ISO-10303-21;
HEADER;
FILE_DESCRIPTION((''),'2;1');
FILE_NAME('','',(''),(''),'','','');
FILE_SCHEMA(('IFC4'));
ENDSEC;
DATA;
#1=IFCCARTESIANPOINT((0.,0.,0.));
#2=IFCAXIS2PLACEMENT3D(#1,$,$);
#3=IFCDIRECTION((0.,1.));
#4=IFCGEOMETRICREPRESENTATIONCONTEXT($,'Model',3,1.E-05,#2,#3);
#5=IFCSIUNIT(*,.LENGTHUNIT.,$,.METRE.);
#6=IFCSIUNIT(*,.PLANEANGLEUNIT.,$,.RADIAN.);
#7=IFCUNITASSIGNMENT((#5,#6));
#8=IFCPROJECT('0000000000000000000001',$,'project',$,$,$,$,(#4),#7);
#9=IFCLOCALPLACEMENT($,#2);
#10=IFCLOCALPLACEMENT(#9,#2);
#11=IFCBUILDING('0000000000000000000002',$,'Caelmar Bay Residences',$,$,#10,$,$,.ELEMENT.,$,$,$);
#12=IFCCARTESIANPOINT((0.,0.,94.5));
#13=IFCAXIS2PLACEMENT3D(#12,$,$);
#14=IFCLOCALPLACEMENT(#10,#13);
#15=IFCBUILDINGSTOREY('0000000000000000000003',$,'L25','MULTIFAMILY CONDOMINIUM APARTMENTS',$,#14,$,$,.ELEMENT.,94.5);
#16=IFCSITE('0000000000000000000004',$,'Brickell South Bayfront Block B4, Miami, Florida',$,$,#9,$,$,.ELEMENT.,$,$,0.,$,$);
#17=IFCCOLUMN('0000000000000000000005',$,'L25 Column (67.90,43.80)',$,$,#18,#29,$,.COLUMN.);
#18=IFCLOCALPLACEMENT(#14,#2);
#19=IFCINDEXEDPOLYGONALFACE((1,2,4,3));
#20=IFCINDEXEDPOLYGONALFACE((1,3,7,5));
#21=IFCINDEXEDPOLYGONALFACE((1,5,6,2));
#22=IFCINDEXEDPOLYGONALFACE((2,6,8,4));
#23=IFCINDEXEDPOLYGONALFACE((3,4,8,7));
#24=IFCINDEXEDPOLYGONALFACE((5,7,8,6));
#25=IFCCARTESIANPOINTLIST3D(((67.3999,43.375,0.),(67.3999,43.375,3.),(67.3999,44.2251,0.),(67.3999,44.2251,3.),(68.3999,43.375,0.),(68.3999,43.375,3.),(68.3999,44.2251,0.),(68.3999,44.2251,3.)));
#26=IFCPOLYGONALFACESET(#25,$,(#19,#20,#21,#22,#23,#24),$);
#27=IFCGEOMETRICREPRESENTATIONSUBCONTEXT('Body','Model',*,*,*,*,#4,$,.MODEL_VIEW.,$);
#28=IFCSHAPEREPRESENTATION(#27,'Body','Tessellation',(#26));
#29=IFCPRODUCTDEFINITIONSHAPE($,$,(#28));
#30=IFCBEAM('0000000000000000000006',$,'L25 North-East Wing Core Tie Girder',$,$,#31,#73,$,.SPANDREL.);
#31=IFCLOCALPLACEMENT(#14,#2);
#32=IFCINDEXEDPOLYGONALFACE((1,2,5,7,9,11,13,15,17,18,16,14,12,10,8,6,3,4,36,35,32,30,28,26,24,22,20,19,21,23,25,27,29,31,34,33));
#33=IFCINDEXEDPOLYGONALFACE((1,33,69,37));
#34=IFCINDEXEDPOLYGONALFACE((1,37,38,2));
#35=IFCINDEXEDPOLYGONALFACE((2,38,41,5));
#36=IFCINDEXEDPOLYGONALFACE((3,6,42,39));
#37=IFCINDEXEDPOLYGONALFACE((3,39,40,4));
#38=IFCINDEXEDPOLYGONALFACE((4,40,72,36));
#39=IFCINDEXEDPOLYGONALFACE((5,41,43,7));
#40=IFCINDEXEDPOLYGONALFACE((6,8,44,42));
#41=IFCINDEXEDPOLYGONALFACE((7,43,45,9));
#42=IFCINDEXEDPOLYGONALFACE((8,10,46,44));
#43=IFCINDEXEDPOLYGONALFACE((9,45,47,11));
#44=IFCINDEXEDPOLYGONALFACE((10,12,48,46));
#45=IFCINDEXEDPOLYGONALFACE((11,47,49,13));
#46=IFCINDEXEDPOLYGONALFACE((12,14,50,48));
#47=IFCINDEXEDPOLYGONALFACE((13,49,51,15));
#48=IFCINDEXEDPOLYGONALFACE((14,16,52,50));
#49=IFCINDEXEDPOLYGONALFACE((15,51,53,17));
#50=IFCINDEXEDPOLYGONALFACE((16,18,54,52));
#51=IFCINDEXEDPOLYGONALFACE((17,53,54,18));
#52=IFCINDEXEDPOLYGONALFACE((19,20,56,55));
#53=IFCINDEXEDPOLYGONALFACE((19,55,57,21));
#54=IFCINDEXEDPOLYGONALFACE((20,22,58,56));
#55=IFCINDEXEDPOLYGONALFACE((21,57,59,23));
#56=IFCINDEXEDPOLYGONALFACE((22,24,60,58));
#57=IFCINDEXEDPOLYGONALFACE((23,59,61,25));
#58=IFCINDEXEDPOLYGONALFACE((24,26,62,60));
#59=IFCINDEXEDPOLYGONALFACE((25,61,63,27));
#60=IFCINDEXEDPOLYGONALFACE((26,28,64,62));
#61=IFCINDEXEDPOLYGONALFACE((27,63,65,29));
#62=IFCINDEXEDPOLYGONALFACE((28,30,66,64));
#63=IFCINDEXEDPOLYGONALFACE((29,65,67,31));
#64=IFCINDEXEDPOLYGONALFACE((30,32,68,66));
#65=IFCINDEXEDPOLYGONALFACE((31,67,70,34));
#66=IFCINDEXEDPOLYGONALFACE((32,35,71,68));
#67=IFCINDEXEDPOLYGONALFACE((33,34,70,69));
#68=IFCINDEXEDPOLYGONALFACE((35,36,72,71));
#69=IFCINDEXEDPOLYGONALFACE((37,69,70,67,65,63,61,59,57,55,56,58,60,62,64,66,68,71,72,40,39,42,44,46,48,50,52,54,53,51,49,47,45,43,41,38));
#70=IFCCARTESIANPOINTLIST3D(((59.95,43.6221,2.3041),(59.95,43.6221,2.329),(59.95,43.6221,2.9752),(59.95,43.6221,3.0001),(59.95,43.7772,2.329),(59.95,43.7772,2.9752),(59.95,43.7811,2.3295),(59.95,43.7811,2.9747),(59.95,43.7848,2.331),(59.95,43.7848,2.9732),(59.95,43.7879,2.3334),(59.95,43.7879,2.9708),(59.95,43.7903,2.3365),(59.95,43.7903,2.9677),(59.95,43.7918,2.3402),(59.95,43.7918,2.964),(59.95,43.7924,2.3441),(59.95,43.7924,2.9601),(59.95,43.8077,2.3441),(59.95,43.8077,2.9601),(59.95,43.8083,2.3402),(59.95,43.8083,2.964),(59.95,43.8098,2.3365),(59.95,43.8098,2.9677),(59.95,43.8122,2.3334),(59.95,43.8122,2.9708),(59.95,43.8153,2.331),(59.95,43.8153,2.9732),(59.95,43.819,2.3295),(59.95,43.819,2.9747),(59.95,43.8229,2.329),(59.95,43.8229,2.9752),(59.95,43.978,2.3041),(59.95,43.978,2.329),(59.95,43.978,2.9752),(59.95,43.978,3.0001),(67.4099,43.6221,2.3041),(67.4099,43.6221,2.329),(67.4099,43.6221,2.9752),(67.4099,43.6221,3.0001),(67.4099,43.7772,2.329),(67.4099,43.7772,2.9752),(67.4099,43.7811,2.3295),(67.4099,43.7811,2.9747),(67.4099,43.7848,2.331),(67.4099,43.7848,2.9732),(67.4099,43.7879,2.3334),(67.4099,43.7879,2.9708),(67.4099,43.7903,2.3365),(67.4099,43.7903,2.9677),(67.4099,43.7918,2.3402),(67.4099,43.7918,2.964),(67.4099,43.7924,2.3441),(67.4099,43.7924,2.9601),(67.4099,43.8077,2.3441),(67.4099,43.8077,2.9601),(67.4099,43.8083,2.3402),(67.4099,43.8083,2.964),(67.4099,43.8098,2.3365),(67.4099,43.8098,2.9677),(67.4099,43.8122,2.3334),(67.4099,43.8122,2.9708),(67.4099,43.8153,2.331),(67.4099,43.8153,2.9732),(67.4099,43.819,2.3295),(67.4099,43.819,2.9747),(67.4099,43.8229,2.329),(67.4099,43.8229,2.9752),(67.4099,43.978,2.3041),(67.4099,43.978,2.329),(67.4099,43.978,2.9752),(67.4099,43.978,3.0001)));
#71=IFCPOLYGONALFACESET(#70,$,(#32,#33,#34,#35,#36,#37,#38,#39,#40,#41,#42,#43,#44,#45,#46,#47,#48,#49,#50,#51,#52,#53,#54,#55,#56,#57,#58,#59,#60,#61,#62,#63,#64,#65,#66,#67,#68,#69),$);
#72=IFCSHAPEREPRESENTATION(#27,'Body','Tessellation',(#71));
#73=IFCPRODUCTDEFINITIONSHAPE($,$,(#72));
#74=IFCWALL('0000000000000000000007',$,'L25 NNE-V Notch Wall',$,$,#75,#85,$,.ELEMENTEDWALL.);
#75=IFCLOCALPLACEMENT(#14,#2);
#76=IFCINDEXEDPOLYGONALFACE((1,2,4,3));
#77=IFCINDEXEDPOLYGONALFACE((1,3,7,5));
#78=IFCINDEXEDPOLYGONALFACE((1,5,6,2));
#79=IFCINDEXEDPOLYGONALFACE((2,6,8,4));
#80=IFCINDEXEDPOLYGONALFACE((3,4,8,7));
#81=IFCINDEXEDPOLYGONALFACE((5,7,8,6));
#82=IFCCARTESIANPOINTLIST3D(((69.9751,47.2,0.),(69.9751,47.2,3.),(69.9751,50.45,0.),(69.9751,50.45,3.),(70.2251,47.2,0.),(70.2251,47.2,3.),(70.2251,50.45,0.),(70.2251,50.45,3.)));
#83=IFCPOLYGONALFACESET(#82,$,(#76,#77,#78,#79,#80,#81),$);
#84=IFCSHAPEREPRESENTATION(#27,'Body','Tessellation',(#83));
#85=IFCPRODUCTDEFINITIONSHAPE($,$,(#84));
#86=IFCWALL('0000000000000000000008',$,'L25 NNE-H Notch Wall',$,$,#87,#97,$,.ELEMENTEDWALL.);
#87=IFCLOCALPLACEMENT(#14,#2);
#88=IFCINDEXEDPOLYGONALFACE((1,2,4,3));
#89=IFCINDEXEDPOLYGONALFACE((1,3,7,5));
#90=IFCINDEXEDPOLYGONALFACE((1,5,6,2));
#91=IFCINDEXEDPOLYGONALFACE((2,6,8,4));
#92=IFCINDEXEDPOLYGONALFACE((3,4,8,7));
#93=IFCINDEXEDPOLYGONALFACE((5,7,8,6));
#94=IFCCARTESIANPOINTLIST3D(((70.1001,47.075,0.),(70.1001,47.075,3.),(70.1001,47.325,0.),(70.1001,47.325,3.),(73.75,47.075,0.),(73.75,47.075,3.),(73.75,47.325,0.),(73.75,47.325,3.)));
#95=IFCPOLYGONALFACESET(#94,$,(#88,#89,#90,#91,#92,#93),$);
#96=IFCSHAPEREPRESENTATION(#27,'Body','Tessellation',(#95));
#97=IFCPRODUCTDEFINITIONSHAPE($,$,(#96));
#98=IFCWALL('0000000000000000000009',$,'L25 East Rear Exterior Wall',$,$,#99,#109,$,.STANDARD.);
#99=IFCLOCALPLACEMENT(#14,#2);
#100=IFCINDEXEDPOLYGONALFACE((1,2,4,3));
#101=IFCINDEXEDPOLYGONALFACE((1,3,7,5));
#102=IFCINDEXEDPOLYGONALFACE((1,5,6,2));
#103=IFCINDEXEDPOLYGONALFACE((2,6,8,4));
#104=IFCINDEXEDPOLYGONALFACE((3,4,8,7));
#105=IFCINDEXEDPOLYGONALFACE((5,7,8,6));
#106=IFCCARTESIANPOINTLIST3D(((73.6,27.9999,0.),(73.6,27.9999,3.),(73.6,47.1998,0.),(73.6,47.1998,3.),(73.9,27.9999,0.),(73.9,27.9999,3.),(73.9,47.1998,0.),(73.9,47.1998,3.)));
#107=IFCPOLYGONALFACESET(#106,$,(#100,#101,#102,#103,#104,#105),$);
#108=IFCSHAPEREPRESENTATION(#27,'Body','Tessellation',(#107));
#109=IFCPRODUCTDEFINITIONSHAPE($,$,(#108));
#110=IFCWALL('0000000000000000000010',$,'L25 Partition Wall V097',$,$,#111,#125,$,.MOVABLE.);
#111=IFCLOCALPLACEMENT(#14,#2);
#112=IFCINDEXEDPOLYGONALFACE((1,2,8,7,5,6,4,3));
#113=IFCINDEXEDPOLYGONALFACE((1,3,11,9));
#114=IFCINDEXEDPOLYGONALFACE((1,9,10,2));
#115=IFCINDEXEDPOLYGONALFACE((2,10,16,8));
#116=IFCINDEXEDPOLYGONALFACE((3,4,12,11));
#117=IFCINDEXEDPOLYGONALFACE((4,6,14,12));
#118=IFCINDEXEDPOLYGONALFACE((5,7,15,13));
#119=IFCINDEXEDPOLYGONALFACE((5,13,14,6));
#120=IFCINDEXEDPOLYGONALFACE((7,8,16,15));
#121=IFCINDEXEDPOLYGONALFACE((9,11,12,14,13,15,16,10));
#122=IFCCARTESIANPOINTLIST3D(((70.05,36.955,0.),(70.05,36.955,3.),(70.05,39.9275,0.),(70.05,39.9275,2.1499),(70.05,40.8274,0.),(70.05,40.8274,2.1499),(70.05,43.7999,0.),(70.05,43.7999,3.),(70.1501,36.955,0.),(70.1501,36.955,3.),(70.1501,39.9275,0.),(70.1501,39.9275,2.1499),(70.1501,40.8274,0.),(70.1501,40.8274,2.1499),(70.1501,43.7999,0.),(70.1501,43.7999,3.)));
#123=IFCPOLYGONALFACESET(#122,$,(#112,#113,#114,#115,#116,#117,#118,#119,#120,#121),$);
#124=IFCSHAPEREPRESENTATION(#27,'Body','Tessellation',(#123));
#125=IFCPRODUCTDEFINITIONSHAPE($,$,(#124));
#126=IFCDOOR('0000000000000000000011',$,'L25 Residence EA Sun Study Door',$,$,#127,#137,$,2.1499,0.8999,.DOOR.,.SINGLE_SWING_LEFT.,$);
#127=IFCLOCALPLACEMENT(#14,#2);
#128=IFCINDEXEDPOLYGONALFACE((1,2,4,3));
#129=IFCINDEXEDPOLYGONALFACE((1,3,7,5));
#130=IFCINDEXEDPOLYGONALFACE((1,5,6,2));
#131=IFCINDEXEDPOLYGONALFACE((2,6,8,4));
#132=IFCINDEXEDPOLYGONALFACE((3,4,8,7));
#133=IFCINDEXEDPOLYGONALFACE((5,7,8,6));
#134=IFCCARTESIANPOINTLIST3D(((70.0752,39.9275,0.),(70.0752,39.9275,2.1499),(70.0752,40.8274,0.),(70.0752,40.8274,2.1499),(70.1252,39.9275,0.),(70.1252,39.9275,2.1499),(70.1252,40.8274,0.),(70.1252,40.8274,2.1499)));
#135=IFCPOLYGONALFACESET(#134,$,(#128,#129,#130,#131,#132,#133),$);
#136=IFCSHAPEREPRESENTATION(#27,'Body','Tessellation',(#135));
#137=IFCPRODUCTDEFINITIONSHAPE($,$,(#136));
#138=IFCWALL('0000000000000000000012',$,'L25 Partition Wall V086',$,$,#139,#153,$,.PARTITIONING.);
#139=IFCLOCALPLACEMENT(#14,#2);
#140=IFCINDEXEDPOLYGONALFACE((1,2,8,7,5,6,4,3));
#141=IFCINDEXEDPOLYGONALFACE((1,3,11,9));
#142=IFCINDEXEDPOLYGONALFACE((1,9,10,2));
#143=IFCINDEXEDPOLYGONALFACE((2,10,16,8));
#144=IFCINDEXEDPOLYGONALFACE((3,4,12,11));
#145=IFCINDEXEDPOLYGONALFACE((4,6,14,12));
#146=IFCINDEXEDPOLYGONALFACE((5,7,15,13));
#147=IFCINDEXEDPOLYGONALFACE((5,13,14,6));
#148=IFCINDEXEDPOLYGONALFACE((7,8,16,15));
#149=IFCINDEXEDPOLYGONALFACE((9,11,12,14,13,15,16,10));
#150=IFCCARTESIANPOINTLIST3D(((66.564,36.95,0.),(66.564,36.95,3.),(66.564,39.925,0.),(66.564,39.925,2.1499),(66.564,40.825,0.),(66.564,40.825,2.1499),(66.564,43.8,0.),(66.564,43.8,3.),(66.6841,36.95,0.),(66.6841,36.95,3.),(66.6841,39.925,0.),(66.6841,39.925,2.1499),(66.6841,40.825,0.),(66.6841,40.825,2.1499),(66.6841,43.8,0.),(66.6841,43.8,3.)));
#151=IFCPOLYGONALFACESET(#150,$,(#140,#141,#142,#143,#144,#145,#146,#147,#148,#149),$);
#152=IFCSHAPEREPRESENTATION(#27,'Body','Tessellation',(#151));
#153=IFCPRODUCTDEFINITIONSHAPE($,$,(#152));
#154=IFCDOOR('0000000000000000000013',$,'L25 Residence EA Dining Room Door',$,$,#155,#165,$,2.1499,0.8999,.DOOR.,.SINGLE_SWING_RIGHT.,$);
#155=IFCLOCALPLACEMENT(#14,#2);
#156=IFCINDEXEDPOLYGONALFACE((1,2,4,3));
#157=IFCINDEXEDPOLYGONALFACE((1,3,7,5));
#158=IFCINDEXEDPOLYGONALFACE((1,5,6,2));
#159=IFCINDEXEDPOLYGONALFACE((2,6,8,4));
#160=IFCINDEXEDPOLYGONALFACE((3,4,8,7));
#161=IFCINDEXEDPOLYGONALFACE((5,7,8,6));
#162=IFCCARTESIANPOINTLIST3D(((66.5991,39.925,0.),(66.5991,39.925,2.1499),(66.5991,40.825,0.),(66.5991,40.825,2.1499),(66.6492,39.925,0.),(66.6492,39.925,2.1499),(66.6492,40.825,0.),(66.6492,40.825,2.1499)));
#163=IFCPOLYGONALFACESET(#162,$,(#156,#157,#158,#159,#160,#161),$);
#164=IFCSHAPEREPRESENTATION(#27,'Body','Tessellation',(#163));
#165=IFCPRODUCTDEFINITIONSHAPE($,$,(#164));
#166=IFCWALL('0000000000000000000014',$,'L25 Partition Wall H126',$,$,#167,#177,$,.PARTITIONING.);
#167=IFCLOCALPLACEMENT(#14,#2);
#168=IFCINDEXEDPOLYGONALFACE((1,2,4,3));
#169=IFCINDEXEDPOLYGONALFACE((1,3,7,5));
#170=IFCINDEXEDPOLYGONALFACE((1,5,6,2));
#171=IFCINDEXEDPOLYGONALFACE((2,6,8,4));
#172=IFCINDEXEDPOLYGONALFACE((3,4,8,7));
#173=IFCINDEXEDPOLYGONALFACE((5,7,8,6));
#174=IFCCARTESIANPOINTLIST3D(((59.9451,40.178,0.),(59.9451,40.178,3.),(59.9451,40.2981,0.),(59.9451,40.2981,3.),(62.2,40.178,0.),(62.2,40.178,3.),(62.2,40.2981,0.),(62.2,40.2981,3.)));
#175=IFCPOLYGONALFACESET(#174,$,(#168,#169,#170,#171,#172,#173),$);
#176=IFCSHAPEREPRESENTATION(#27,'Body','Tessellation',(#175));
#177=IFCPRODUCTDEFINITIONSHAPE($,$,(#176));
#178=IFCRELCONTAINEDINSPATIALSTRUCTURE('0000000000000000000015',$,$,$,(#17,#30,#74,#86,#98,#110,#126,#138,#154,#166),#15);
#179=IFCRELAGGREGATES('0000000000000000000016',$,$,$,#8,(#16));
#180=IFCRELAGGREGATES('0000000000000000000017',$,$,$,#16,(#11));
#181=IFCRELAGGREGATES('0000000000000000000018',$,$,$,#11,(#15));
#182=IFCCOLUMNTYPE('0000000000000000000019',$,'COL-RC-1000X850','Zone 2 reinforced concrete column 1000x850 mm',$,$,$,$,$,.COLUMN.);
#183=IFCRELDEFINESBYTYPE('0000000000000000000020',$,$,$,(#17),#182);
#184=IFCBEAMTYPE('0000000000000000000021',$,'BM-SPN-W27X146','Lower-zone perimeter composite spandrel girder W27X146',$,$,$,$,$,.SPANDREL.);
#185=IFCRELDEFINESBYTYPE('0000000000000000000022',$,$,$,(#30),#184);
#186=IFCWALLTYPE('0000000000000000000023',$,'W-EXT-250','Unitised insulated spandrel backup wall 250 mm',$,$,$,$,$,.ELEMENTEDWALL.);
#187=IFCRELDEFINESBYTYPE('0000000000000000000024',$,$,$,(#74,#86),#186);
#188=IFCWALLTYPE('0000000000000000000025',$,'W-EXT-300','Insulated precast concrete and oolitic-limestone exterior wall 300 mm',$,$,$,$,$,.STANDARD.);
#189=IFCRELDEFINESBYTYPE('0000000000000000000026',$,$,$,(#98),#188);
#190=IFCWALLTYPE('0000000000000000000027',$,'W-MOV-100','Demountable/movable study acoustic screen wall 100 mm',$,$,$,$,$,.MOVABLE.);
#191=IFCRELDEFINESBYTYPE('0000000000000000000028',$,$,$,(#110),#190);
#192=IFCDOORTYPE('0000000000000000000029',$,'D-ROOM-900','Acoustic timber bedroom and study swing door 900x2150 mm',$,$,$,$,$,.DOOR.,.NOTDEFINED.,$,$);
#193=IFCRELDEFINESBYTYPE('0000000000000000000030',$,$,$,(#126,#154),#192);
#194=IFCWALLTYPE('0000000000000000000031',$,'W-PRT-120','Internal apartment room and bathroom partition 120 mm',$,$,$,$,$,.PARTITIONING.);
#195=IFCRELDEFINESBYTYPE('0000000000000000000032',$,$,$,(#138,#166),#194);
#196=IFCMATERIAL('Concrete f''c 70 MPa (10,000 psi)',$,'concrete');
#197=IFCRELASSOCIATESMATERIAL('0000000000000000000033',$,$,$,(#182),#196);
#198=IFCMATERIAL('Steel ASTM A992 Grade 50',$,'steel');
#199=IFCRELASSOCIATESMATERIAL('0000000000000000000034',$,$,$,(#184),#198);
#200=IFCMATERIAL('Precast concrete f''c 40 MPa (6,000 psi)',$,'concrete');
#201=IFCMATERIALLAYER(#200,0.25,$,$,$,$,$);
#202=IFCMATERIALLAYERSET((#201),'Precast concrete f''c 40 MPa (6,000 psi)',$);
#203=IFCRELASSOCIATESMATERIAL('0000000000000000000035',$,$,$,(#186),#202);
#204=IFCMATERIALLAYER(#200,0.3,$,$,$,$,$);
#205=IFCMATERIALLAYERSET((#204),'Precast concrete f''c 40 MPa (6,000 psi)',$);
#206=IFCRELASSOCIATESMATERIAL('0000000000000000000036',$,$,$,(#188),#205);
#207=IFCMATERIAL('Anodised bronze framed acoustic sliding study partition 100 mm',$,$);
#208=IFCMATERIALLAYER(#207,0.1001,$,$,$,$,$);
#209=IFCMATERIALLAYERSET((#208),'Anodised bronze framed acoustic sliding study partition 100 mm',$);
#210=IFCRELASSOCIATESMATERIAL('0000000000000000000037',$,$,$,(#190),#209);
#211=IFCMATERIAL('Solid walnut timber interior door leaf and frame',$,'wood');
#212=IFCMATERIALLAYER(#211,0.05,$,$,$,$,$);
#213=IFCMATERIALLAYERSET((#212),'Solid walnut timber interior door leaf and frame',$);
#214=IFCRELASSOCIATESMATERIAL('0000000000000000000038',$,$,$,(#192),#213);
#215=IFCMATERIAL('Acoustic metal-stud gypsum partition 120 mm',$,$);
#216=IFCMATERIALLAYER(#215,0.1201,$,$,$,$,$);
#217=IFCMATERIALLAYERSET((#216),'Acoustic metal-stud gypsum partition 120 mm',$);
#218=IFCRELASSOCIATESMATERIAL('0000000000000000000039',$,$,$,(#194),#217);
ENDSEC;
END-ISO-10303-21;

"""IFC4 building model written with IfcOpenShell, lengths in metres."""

from ifc_helpers import new_model, si_unit, direction, frame, frame_2d, origin, origin_2d, place, context, subcontext, project, spatial, rectangle, i_section, extrude, material, layer, layer_set, material_profile, profile_set, type_object, element, fill, save


model = new_model("IFC4")

# Units and contexts
model_context = context("Model", 3, precision=1e-05, world=origin(), true_north=direction((0.0, 1.0)))
body_context = subcontext(model_context, "Body", "Model", "MODEL_VIEW")
ifc_project = project(units=[si_unit("LENGTHUNIT", "METRE"), si_unit("PLANEANGLEUNIT", "RADIAN")], contexts=[model_context])

# Site, building, storey
site_placement = place(None, origin())
site = spatial("IfcSite", under=ifc_project, at=site_placement, Name="Brickell South Bayfront Block B4, Miami, Florida", CompositionType="ELEMENT", RefElevation=0.0)
building_placement = place(site_placement, origin())
building = spatial("IfcBuilding", under=site, at=building_placement, Name="Caelmar Bay Residences", CompositionType="ELEMENT")
storey_placement = place(building_placement, frame((0.0, 0.0, 94.5)))
storey = spatial("IfcBuildingStorey", under=building, at=storey_placement, Name="L25", Description="MULTIFAMILY CONDOMINIUM APARTMENTS", CompositionType="ELEMENT", Elevation=94.5)

# Column
ifc_material_1 = material(Name="Concrete f'c 70 MPa (10,000 psi)", Category="concrete")
ifc_material_profile_1 = material_profile(ifc_material_1, rectangle(XDim=1.0, YDim=0.8501, at=origin_2d()), Name="RC-COL-1000X850")
ifc_profile_set_1 = profile_set([ifc_material_profile_1], Name="Concrete f'c 70 MPa (10,000 psi)")
column_type = type_object("IfcColumnType", Name="COL-RC-1000X850", Description="Zone 2 reinforced concrete column 1000x850 mm", PredefinedType="COLUMN", material=ifc_profile_set_1)
column_placement = place(storey_placement, frame((67.8999, 43.8, 0.0), z_axis=(0.0, 0.0, 1.0), x_axis=(1.0, 0.0, 0.0)))
element("IfcColumn", 1, at=column_placement, inside=storey, type_object=column_type, Name="L25 Column (67.90,43.80)", PredefinedType="COLUMN", context=body_context, shape_type="SweptSolid", body=[
    extrude(rectangle(XDim=1.0, YDim=0.8501, at=origin_2d()), origin(), (0.0, 0.0, 1.0), 3.0),
])

# Beam
ifc_material_2 = material(Name="Steel ASTM A992 Grade 50", Category="steel")
ifc_material_profile_2 = material_profile(ifc_material_2, i_section(OverallWidth=0.356, OverallDepth=0.696, WebThickness=0.0154, FlangeThickness=0.0249, FilletRadius=0.0151, at=origin_2d()), Name="W27X146")
ifc_profile_set_2 = profile_set([ifc_material_profile_2], Name="Steel ASTM A992 Grade 50")
beam_type = type_object("IfcBeamType", Name="BM-SPN-W27X146", Description="Lower-zone perimeter composite spandrel girder W27X146", PredefinedType="SPANDREL", material=ifc_profile_set_2)
beam_placement = place(storey_placement, frame((59.95, 43.8, 2.6521), z_axis=(1.0, 0.0, 0.0), x_axis=(0.0, 1.0, 0.0)))
element("IfcBeam", 2, at=beam_placement, inside=storey, type_object=beam_type, Name="L25 North-East Wing Core Tie Girder", PredefinedType="SPANDREL", context=body_context, shape_type="SweptSolid", body=[
    extrude(i_section(OverallWidth=0.356, OverallDepth=0.696, WebThickness=0.0154, FlangeThickness=0.0249, FilletRadius=0.0151, at=origin_2d()), origin(), (0.0, 0.0, 1.0), 7.46),
])

# Walls
ifc_material_3 = material(Name="Precast concrete f'c 40 MPa (6,000 psi)", Category="concrete")
ifc_layer_1 = layer(ifc_material_3, 0.25)
ifc_layer_set_1 = layer_set([ifc_layer_1], Name="Precast concrete f'c 40 MPa (6,000 psi)")
wall_type_1 = type_object("IfcWallType", Name="W-EXT-250", Description="Unitised insulated spandrel backup wall 250 mm", PredefinedType="ELEMENTEDWALL", material=ifc_layer_set_1)
wall_1_placement = place(storey_placement, frame((70.1001, 50.45, 0.0), z_axis=(0.0, 0.0, 1.0), x_axis=(0.0, -1.0, 0.0)))
element("IfcWall", 3, at=wall_1_placement, inside=storey, type_object=wall_type_1, Name="L25 NNE-V Notch Wall", PredefinedType="ELEMENTEDWALL", context=body_context, shape_type="SweptSolid", body=[
    extrude(rectangle(XDim=3.25, YDim=0.25, at=frame_2d((1.625, 0.0))), origin(), (0.0, 0.0, 1.0), 3.0),
])
wall_2_placement = place(storey_placement, frame((70.1001, 47.2, 0.0), z_axis=(0.0, 0.0, 1.0), x_axis=(1.0, 0.0, 0.0)))
element("IfcWall", 4, at=wall_2_placement, inside=storey, type_object=wall_type_1, Name="L25 NNE-H Notch Wall", PredefinedType="ELEMENTEDWALL", context=body_context, shape_type="SweptSolid", body=[
    extrude(rectangle(XDim=3.6499, YDim=0.25, at=frame_2d((1.825, 0.0))), origin(), (0.0, 0.0, 1.0), 3.0),
])
ifc_layer_2 = layer(ifc_material_3, 0.3)
ifc_layer_set_2 = layer_set([ifc_layer_2], Name="Precast concrete f'c 40 MPa (6,000 psi)")
wall_type_2 = type_object("IfcWallType", Name="W-EXT-300", Description="Insulated precast concrete and oolitic-limestone exterior wall 300 mm", PredefinedType="STANDARD", material=ifc_layer_set_2)
wall_3_placement = place(storey_placement, frame((73.75, 47.2, 0.0), z_axis=(0.0, 0.0, 1.0), x_axis=(0.0, -1.0, 0.0)))
element("IfcWall", 5, at=wall_3_placement, inside=storey, type_object=wall_type_2, Name="L25 East Rear Exterior Wall", PredefinedType="STANDARD", context=body_context, shape_type="SweptSolid", body=[
    extrude(rectangle(XDim=19.2, YDim=0.3, at=frame_2d((9.6001, 0.0))), origin(), (0.0, 0.0, 1.0), 3.0),
])

# Walls, openings, doors
ifc_material_4 = material(Name="Anodised bronze framed acoustic sliding study partition 100 mm")
ifc_layer_3 = layer(ifc_material_4, 0.1001)
ifc_layer_set_3 = layer_set([ifc_layer_3], Name="Anodised bronze framed acoustic sliding study partition 100 mm")
wall_type_3 = type_object("IfcWallType", Name="W-MOV-100", Description="Demountable/movable study acoustic screen wall 100 mm", PredefinedType="MOVABLE", material=ifc_layer_set_3)
wall_4_placement = place(storey_placement, frame((70.1001, 36.9551, 0.0), z_axis=(0.0, 0.0, 1.0), x_axis=(0.0, 1.0, 0.0)))
wall_4 = element("IfcWall", 6, at=wall_4_placement, inside=storey, type_object=wall_type_3, Name="L25 Partition Wall V097", PredefinedType="MOVABLE", context=body_context, shape_type="SweptSolid", body=[
    extrude(rectangle(XDim=6.845, YDim=0.1001, at=frame_2d((3.4224, 0.0))), origin(), (0.0, 0.0, 1.0), 3.0),
])
opening_1_placement = place(wall_4_placement, frame((2.9724, 0.0, 0.0)))
opening_1 = element("IfcOpeningElement", 7, at=opening_1_placement, cuts=wall_4, PredefinedType="OPENING", context=body_context, shape_type="SweptSolid", body=[
    extrude(rectangle(XDim=0.8999, YDim=2.1499, at=frame_2d((0.45, 1.075))), frame((0.0, 0.0601, 0.0), z_axis=(0.0, -1.0, 0.0), x_axis=(1.0, 0.0, 0.0)), (0.0, 0.0, 1.0), 0.1201),
])
ifc_material_5 = material(Name="Solid walnut timber interior door leaf and frame", Category="wood")
ifc_layer_4 = layer(ifc_material_5, 0.05)
ifc_layer_set_4 = layer_set([ifc_layer_4], Name="Solid walnut timber interior door leaf and frame")
door_type_1 = type_object("IfcDoorType", Name="D-ROOM-900", Description="Acoustic timber bedroom and study swing door 900x2150 mm", OperationType="NOTDEFINED", PredefinedType="DOOR", material=ifc_layer_set_4)
door_1_placement = place(opening_1_placement, origin())
door_1 = element("IfcDoor", 8, at=door_1_placement, inside=storey, type_object=door_type_1, Name="L25 Residence EA Sun Study Door", OperationType="SINGLE_SWING_LEFT", OverallHeight=2.1499, OverallWidth=0.8999, PredefinedType="DOOR", context=body_context, shape_type="SweptSolid", body=[
    extrude(rectangle(XDim=0.8999, YDim=2.1499, at=frame_2d((0.45, 1.075))), frame((0.0, 0.0249, 0.0), z_axis=(0.0, -1.0, 0.0), x_axis=(1.0, 0.0, 0.0)), (0.0, 0.0, 1.0), 0.05),
])
fill(opening_1, door_1)
ifc_material_6 = material(Name="Acoustic metal-stud gypsum partition 120 mm")
ifc_layer_5 = layer(ifc_material_6, 0.1201)
ifc_layer_set_5 = layer_set([ifc_layer_5], Name="Acoustic metal-stud gypsum partition 120 mm")
wall_type_4 = type_object("IfcWallType", Name="W-PRT-120", Description="Internal apartment room and bathroom partition 120 mm", PredefinedType="PARTITIONING", material=ifc_layer_set_5)
wall_5_placement = place(storey_placement, frame((66.624, 36.95, 0.0), z_axis=(0.0, 0.0, 1.0), x_axis=(0.0, 1.0, 0.0)))
wall_5 = element("IfcWall", 9, at=wall_5_placement, inside=storey, type_object=wall_type_4, Name="L25 Partition Wall V086", PredefinedType="PARTITIONING", context=body_context, shape_type="SweptSolid", body=[
    extrude(rectangle(XDim=6.8501, YDim=0.1201, at=frame_2d((3.425, 0.0))), origin(), (0.0, 0.0, 1.0), 3.0),
])
opening_2_placement = place(wall_5_placement, frame((2.9751, 0.0, 0.0)))
opening_2 = element("IfcOpeningElement", 10, at=opening_2_placement, cuts=wall_5, PredefinedType="OPENING", context=body_context, shape_type="SweptSolid", body=[
    extrude(rectangle(XDim=0.8999, YDim=2.1499, at=frame_2d((0.45, 1.075))), frame((0.0, 0.0701, 0.0), z_axis=(0.0, -1.0, 0.0), x_axis=(1.0, 0.0, 0.0)), (0.0, 0.0, 1.0), 0.1401),
])
door_2_placement = place(opening_2_placement, origin())
door_2 = element("IfcDoor", 11, at=door_2_placement, inside=storey, type_object=door_type_1, Name="L25 Residence EA Dining Room Door", OperationType="SINGLE_SWING_RIGHT", OverallHeight=2.1499, OverallWidth=0.8999, PredefinedType="DOOR", context=body_context, shape_type="SweptSolid", body=[
    extrude(rectangle(XDim=0.8999, YDim=2.1499, at=frame_2d((0.45, 1.075))), frame((0.0, 0.0249, 0.0), z_axis=(0.0, -1.0, 0.0), x_axis=(1.0, 0.0, 0.0)), (0.0, 0.0, 1.0), 0.05),
])
fill(opening_2, door_2)

# Wall
wall_6_placement = place(storey_placement, frame((59.9451, 40.238, 0.0), z_axis=(0.0, 0.0, 1.0), x_axis=(1.0, 0.0, 0.0)))
element("IfcWall", 12, at=wall_6_placement, inside=storey, type_object=wall_type_4, Name="L25 Partition Wall H126", PredefinedType="PARTITIONING", context=body_context, shape_type="SweptSolid", body=[
    extrude(rectangle(XDim=2.2549, YDim=0.1201, at=frame_2d((1.1274, 0.0))), origin(), (0.0, 0.0, 1.0), 3.0),
])

save(model, "model.ifc")
